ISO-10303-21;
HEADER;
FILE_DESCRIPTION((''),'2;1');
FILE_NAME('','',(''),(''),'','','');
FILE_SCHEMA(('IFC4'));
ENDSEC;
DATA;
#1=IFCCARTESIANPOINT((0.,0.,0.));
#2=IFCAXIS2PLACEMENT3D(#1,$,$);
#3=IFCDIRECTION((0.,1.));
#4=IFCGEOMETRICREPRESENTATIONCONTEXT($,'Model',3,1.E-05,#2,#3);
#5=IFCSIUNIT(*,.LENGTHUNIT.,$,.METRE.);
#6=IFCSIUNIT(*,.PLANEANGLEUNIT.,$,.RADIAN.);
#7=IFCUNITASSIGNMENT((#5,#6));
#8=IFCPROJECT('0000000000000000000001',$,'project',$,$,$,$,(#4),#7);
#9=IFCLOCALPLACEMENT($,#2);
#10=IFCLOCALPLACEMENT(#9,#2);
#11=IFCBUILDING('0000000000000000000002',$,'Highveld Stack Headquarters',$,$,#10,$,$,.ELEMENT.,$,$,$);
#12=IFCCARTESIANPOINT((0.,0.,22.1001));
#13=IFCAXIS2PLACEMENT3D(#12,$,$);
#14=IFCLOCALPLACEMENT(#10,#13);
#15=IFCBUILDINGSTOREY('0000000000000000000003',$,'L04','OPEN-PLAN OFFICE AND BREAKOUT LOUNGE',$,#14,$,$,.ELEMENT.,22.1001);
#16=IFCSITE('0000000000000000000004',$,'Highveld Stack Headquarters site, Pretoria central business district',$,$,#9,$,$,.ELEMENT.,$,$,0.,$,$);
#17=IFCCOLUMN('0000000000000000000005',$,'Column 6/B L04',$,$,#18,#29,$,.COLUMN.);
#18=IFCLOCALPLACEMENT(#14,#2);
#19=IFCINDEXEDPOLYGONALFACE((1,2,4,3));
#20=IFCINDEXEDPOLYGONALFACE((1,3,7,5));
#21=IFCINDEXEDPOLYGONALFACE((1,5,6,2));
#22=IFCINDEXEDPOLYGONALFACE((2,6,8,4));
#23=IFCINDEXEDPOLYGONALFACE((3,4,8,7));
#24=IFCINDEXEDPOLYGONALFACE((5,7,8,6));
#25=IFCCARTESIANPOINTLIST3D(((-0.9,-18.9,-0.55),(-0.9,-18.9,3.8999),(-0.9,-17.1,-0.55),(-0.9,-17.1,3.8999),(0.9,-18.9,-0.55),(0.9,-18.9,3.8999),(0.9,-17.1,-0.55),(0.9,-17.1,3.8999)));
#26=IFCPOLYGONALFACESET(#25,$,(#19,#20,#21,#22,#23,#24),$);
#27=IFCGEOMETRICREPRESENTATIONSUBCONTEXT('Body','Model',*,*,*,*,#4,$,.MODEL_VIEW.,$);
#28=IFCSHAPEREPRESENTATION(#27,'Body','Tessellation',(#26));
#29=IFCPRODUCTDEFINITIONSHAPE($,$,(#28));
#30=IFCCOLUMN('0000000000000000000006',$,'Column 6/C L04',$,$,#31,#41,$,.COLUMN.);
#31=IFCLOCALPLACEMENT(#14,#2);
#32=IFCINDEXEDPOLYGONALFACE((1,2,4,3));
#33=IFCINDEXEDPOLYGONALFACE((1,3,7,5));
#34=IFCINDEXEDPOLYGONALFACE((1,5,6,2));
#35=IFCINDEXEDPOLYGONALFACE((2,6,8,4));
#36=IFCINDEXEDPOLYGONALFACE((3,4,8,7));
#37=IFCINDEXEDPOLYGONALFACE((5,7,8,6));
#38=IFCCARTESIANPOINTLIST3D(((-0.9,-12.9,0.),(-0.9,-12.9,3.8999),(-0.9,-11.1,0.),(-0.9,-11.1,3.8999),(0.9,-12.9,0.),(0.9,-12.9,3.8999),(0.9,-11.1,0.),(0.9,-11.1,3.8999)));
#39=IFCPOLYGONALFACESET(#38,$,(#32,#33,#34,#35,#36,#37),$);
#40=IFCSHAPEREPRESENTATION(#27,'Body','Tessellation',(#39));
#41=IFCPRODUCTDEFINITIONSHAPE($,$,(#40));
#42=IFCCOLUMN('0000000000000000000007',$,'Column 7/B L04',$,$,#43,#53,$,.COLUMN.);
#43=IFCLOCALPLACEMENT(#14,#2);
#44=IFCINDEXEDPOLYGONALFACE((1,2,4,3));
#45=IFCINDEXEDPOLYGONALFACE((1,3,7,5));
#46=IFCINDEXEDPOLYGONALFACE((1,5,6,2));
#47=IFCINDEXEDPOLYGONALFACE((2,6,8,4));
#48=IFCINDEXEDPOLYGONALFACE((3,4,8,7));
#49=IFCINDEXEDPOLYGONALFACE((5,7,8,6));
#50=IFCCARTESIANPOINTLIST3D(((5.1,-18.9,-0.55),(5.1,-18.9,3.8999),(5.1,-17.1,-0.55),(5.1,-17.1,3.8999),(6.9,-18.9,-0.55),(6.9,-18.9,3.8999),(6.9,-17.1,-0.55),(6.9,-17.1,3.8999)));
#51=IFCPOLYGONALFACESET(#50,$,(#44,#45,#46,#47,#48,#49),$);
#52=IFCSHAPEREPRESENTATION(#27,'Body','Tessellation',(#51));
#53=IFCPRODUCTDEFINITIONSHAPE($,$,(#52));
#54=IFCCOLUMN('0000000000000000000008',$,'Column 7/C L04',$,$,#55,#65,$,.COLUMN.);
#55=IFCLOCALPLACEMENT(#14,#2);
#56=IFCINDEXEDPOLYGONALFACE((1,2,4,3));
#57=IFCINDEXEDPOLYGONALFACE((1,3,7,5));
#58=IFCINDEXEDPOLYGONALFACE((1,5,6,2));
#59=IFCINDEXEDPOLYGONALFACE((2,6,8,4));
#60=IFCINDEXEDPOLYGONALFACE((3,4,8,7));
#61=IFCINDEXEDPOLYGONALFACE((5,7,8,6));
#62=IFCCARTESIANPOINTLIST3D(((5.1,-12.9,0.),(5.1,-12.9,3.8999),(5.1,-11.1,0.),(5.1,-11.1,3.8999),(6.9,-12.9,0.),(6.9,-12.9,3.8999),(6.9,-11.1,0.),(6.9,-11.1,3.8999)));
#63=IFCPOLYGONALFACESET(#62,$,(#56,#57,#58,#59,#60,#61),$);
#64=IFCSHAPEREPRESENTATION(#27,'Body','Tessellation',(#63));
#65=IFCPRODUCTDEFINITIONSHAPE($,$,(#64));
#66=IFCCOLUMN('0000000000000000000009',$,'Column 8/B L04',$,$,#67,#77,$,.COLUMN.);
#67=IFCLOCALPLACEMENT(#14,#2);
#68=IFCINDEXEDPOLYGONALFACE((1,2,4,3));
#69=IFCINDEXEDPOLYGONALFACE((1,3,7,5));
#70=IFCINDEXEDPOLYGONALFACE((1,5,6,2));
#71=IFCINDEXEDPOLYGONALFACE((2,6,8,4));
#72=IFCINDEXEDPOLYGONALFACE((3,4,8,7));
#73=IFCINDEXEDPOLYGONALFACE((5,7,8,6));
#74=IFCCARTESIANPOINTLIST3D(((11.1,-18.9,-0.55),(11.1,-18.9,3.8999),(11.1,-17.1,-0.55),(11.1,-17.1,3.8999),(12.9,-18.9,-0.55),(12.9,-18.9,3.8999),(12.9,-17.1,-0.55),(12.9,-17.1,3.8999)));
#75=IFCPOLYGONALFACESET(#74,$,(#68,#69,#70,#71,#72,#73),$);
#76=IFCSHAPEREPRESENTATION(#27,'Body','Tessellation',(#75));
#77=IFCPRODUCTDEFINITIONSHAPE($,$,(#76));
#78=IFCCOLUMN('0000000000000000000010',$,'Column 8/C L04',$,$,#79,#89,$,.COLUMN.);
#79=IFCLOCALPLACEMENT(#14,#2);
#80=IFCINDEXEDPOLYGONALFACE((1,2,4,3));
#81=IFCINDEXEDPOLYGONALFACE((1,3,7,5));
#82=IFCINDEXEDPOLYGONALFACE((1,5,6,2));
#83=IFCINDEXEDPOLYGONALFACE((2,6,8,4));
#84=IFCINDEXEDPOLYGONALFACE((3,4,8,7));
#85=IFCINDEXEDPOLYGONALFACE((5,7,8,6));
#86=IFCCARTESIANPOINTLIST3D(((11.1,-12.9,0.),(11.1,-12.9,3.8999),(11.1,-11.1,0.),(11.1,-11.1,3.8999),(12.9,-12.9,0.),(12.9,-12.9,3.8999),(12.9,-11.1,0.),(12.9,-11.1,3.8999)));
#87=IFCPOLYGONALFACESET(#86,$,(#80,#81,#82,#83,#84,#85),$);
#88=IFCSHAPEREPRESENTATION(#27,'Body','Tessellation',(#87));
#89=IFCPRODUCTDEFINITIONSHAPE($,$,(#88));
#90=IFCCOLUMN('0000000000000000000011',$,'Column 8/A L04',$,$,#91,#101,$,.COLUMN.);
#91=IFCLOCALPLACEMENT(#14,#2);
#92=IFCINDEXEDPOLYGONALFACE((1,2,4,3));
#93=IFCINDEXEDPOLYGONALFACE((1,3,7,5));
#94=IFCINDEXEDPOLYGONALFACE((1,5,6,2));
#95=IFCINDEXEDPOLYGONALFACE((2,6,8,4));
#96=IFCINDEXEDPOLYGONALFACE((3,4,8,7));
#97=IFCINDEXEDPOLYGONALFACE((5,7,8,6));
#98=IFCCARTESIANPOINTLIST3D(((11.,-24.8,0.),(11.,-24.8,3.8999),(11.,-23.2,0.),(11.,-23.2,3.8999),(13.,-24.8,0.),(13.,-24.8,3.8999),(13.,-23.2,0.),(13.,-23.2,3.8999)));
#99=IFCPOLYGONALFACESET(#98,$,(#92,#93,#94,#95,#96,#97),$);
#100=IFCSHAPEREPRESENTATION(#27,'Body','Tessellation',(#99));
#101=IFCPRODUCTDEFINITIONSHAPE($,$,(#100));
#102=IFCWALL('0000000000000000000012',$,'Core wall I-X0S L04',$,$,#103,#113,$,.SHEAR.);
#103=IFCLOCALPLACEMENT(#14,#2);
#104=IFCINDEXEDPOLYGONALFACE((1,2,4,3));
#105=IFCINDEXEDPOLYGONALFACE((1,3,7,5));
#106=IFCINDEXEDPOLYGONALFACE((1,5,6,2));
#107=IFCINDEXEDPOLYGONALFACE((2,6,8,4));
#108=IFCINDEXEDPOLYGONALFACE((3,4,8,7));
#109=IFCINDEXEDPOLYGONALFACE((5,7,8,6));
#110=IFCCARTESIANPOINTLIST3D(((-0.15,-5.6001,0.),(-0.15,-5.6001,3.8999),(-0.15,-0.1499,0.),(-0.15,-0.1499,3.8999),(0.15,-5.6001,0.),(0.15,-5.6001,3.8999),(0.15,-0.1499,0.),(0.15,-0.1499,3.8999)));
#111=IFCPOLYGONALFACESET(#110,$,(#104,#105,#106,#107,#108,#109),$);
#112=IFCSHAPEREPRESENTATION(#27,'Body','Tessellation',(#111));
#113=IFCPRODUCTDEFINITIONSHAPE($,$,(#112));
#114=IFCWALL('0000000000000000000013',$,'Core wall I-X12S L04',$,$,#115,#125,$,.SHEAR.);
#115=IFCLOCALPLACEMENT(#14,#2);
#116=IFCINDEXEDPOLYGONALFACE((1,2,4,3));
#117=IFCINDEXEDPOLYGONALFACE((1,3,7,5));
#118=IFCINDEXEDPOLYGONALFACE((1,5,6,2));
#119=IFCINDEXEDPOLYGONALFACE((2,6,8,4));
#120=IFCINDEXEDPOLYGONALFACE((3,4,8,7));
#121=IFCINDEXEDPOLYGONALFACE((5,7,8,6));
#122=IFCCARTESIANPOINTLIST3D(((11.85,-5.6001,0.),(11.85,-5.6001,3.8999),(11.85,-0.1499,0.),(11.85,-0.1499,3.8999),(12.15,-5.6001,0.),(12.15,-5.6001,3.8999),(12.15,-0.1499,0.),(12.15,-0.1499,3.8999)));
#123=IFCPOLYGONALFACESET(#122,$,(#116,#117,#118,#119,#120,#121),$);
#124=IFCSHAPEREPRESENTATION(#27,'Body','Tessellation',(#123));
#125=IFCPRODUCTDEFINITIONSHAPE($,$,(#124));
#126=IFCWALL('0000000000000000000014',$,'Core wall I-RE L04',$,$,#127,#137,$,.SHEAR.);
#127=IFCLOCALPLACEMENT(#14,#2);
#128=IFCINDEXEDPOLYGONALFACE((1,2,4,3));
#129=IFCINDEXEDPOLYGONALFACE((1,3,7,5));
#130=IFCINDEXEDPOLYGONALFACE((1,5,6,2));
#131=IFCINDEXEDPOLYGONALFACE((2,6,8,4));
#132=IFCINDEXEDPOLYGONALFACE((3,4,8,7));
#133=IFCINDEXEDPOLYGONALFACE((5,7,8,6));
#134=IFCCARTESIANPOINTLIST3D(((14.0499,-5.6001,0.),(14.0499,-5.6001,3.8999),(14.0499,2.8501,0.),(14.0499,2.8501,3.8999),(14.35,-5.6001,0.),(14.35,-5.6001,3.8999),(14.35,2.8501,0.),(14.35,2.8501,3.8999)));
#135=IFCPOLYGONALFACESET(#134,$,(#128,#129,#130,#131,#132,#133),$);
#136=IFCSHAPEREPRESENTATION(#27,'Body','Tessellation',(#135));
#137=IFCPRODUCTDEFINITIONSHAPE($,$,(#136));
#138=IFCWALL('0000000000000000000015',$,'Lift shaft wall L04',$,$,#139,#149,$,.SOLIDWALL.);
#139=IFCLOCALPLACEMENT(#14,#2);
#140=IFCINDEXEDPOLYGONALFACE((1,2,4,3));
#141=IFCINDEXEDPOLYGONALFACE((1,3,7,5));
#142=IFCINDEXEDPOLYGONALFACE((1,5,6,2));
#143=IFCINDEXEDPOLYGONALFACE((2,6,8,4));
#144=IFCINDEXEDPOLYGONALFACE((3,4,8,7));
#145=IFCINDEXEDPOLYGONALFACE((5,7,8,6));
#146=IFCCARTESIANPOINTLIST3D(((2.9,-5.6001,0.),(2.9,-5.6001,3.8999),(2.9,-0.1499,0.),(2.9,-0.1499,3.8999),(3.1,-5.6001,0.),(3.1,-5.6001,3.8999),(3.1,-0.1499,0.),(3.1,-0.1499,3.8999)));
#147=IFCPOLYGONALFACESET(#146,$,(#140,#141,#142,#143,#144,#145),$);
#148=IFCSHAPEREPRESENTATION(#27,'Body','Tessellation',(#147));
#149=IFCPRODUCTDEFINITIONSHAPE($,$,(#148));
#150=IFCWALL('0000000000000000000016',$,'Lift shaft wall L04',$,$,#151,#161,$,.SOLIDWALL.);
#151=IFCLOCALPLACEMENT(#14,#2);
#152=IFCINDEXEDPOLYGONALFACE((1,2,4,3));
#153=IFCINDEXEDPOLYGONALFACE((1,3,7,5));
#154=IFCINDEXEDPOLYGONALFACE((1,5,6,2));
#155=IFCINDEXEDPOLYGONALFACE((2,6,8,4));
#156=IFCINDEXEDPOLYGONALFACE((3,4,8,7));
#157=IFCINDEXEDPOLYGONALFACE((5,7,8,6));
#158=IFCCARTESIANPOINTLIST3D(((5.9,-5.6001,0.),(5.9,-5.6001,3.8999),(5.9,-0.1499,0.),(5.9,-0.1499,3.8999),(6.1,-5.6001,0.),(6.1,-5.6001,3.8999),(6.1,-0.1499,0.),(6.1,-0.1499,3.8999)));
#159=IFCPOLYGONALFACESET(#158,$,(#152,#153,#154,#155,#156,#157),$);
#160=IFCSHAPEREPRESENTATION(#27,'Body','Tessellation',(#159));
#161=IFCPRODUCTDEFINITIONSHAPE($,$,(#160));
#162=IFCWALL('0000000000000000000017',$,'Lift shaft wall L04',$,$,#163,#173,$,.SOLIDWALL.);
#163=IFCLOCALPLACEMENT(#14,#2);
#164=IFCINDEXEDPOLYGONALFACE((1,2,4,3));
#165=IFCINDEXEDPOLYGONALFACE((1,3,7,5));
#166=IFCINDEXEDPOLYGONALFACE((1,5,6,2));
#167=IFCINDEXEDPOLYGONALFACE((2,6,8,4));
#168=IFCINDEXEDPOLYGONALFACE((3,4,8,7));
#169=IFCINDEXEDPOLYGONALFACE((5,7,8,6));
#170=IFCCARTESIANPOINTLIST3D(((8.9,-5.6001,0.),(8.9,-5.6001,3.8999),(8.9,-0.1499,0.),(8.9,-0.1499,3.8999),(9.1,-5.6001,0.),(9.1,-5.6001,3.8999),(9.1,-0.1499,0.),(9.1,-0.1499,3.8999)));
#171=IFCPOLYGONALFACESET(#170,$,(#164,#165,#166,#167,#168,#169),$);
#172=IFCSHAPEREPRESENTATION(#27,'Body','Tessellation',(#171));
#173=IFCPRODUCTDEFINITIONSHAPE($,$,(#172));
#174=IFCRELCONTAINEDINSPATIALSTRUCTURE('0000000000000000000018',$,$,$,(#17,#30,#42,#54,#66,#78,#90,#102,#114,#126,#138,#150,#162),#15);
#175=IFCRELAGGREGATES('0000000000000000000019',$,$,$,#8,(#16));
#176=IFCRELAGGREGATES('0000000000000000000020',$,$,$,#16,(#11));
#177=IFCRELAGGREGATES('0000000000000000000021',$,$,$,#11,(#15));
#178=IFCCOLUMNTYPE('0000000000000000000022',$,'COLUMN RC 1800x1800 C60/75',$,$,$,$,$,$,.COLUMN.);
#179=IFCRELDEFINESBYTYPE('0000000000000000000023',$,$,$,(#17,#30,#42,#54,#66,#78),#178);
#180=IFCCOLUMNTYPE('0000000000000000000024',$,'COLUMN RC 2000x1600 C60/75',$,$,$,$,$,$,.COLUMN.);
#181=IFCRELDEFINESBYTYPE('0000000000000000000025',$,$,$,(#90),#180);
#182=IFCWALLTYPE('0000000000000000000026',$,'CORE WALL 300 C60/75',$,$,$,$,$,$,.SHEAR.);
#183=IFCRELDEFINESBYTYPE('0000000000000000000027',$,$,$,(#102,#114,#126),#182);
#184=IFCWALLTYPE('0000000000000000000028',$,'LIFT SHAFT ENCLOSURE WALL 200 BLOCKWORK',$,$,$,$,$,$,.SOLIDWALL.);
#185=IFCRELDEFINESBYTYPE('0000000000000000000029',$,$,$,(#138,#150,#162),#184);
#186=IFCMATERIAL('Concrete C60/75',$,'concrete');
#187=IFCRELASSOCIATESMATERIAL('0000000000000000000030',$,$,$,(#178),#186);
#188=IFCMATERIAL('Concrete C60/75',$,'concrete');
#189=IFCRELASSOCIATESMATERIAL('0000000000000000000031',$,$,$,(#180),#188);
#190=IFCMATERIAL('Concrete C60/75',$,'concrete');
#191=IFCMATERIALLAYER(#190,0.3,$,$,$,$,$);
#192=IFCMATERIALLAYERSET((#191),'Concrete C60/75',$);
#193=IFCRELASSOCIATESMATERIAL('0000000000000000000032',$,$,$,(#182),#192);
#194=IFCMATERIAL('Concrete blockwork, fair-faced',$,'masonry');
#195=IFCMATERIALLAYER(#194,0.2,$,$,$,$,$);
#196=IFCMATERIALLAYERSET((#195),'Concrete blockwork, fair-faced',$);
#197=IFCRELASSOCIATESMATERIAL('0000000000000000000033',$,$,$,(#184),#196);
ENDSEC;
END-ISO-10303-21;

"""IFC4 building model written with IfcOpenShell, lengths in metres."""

from ifc_helpers import new_model, si_unit, direction, frame, frame_2d, origin, origin_2d, place, context, subcontext, project, spatial, rectangle, extrude, material, layer, layer_set, material_profile, profile_set, type_object, element, save


model = new_model("IFC4")

# Units and contexts
model_context = context("Model", 3, precision=1e-05, world=origin(), true_north=direction((0.0, 1.0)))
body_context = subcontext(model_context, "Body", "Model", "MODEL_VIEW")
ifc_project = project(units=[si_unit("LENGTHUNIT", "METRE"), si_unit("PLANEANGLEUNIT", "RADIAN")], contexts=[model_context])

# Site, building, storey
site_placement = place(None, origin())
site = spatial("IfcSite", under=ifc_project, at=site_placement, Name="Highveld Stack Headquarters site, Pretoria central business district", CompositionType="ELEMENT", RefElevation=0.0)
building_placement = place(site_placement, origin())
building = spatial("IfcBuilding", under=site, at=building_placement, Name="Highveld Stack Headquarters", CompositionType="ELEMENT")
storey_placement = place(building_placement, frame((0.0, 0.0, 22.1001)))
storey = spatial("IfcBuildingStorey", under=building, at=storey_placement, Name="L04", Description="OPEN-PLAN OFFICE AND BREAKOUT LOUNGE", CompositionType="ELEMENT", Elevation=22.1001)

# Columns
ifc_material_1 = material(Name="Concrete C60/75", Category="concrete")
ifc_material_profile_1 = material_profile(ifc_material_1, rectangle(XDim=1.8, YDim=1.8, at=origin_2d()), Name="RC 1800x1800")
ifc_profile_set_1 = profile_set([ifc_material_profile_1], Name="Concrete C60/75")
column_type_1 = type_object("IfcColumnType", Name="COLUMN RC 1800x1800 C60/75", PredefinedType="COLUMN", material=ifc_profile_set_1)
column_1_placement = place(storey_placement, frame((0.0, -18.0, -0.55), z_axis=(0.0, 0.0, 1.0), x_axis=(1.0, 0.0, 0.0)))
element("IfcColumn", 1, at=column_1_placement, inside=storey, type_object=column_type_1, Name="Column 6/B L04", PredefinedType="COLUMN", context=body_context, shape_type="SweptSolid", body=[
    extrude(rectangle(XDim=1.8, YDim=1.8, at=origin_2d()), origin(), (0.0, 0.0, 1.0), 4.45),
])
column_2_placement = place(storey_placement, frame((0.0, -12.0, 0.0), z_axis=(0.0, 0.0, 1.0), x_axis=(1.0, 0.0, 0.0)))
element("IfcColumn", 2, at=column_2_placement, inside=storey, type_object=column_type_1, Name="Column 6/C L04", PredefinedType="COLUMN", context=body_context, shape_type="SweptSolid", body=[
    extrude(rectangle(XDim=1.8, YDim=1.8, at=origin_2d()), origin(), (0.0, 0.0, 1.0), 3.8999),
])
column_3_placement = place(storey_placement, frame((6.0, -18.0, -0.55), z_axis=(0.0, 0.0, 1.0), x_axis=(1.0, 0.0, 0.0)))
element("IfcColumn", 3, at=column_3_placement, inside=storey, type_object=column_type_1, Name="Column 7/B L04", PredefinedType="COLUMN", context=body_context, shape_type="SweptSolid", body=[
    extrude(rectangle(XDim=1.8, YDim=1.8, at=origin_2d()), origin(), (0.0, 0.0, 1.0), 4.45),
])
column_4_placement = place(storey_placement, frame((6.0, -12.0, 0.0), z_axis=(0.0, 0.0, 1.0), x_axis=(1.0, 0.0, 0.0)))
element("IfcColumn", 4, at=column_4_placement, inside=storey, type_object=column_type_1, Name="Column 7/C L04", PredefinedType="COLUMN", context=body_context, shape_type="SweptSolid", body=[
    extrude(rectangle(XDim=1.8, YDim=1.8, at=origin_2d()), origin(), (0.0, 0.0, 1.0), 3.8999),
])
column_5_placement = place(storey_placement, frame((12.0, -18.0, -0.55), z_axis=(0.0, 0.0, 1.0), x_axis=(1.0, 0.0, 0.0)))
element("IfcColumn", 5, at=column_5_placement, inside=storey, type_object=column_type_1, Name="Column 8/B L04", PredefinedType="COLUMN", context=body_context, shape_type="SweptSolid", body=[
    extrude(rectangle(XDim=1.8, YDim=1.8, at=origin_2d()), origin(), (0.0, 0.0, 1.0), 4.45),
])
column_6_placement = place(storey_placement, frame((12.0, -12.0, 0.0), z_axis=(0.0, 0.0, 1.0), x_axis=(1.0, 0.0, 0.0)))
element("IfcColumn", 6, at=column_6_placement, inside=storey, type_object=column_type_1, Name="Column 8/C L04", PredefinedType="COLUMN", context=body_context, shape_type="SweptSolid", body=[
    extrude(rectangle(XDim=1.8, YDim=1.8, at=origin_2d()), origin(), (0.0, 0.0, 1.0), 3.8999),
])
ifc_material_2 = material(Name="Concrete C60/75", Category="concrete")
ifc_material_profile_2 = material_profile(ifc_material_2, rectangle(XDim=2.0, YDim=1.6001, at=origin_2d()), Name="RC 2000x1600")
ifc_profile_set_2 = profile_set([ifc_material_profile_2], Name="Concrete C60/75")
column_type_2 = type_object("IfcColumnType", Name="COLUMN RC 2000x1600 C60/75", PredefinedType="COLUMN", material=ifc_profile_set_2)
column_7_placement = place(storey_placement, frame((12.0, -24.0, 0.0), z_axis=(0.0, 0.0, 1.0), x_axis=(1.0, 0.0, 0.0)))
element("IfcColumn", 7, at=column_7_placement, inside=storey, type_object=column_type_2, Name="Column 8/A L04", PredefinedType="COLUMN", context=body_context, shape_type="SweptSolid", body=[
    extrude(rectangle(XDim=2.0, YDim=1.6001, at=origin_2d()), origin(), (0.0, 0.0, 1.0), 3.8999),
])

# Walls
ifc_material_3 = material(Name="Concrete C60/75", Category="concrete")
ifc_layer_1 = layer(ifc_material_3, 0.3)
ifc_layer_set_1 = layer_set([ifc_layer_1], Name="Concrete C60/75")
wall_type_1 = type_object("IfcWallType", Name="CORE WALL 300 C60/75", PredefinedType="SHEAR", material=ifc_layer_set_1)
for number, where, z_axis, x_axis, name in (
    (8, (0.0, -5.6001, 0.0), (0.0, 0.0, 1.0), (0.0, 1.0, 0.0), "Core wall I-X0S L04"),
    (9, (12.0, -5.6001, 0.0), (0.0, 0.0, 1.0), (0.0, 1.0, 0.0), "Core wall I-X12S L04"),
):
    element("IfcWall", number, at=place(storey_placement, frame(where, z_axis=z_axis, x_axis=x_axis)), inside=storey, type_object=wall_type_1, Name=name, PredefinedType="SHEAR", context=body_context, shape_type="SweptSolid", body=[
        extrude(rectangle(XDim=5.4502, YDim=0.3, at=frame_2d((2.7251, 0.0))), origin(), (0.0, 0.0, 1.0), 3.8999),
    ])
wall_1_placement = place(storey_placement, frame((14.2, -5.6001, 0.0), z_axis=(0.0, 0.0, 1.0), x_axis=(0.0, 1.0, 0.0)))
element("IfcWall", 10, at=wall_1_placement, inside=storey, type_object=wall_type_1, Name="Core wall I-RE L04", PredefinedType="SHEAR", context=body_context, shape_type="SweptSolid", body=[
    extrude(rectangle(XDim=8.4502, YDim=0.3, at=frame_2d((4.2251, 0.0))), origin(), (0.0, 0.0, 1.0), 3.8999),
])
ifc_material_4 = material(Name="Concrete blockwork, fair-faced", Category="masonry")
ifc_layer_2 = layer(ifc_material_4, 0.2)
ifc_layer_set_2 = layer_set([ifc_layer_2], Name="Concrete blockwork, fair-faced")
wall_type_2 = type_object("IfcWallType", Name="LIFT SHAFT ENCLOSURE WALL 200 BLOCKWORK", PredefinedType="SOLIDWALL", material=ifc_layer_set_2)
for number, where, z_axis, x_axis, name in (
    (11, (3.0, -5.6001, 0.0), (0.0, 0.0, 1.0), (0.0, 1.0, 0.0), "Lift shaft wall L04"),
    (12, (6.0, -5.6001, 0.0), (0.0, 0.0, 1.0), (0.0, 1.0, 0.0), "Lift shaft wall L04"),
    (13, (9.0, -5.6001, 0.0), (0.0, 0.0, 1.0), (0.0, 1.0, 0.0), "Lift shaft wall L04"),
):
    element("IfcWall", number, at=place(storey_placement, frame(where, z_axis=z_axis, x_axis=x_axis)), inside=storey, type_object=wall_type_2, Name=name, PredefinedType="SOLIDWALL", context=body_context, shape_type="SweptSolid", body=[
        extrude(rectangle(XDim=5.4502, YDim=0.2, at=frame_2d((2.7251, 0.0))), origin(), (0.0, 0.0, 1.0), 3.8999),
    ])

save(model, "model.ifc")
